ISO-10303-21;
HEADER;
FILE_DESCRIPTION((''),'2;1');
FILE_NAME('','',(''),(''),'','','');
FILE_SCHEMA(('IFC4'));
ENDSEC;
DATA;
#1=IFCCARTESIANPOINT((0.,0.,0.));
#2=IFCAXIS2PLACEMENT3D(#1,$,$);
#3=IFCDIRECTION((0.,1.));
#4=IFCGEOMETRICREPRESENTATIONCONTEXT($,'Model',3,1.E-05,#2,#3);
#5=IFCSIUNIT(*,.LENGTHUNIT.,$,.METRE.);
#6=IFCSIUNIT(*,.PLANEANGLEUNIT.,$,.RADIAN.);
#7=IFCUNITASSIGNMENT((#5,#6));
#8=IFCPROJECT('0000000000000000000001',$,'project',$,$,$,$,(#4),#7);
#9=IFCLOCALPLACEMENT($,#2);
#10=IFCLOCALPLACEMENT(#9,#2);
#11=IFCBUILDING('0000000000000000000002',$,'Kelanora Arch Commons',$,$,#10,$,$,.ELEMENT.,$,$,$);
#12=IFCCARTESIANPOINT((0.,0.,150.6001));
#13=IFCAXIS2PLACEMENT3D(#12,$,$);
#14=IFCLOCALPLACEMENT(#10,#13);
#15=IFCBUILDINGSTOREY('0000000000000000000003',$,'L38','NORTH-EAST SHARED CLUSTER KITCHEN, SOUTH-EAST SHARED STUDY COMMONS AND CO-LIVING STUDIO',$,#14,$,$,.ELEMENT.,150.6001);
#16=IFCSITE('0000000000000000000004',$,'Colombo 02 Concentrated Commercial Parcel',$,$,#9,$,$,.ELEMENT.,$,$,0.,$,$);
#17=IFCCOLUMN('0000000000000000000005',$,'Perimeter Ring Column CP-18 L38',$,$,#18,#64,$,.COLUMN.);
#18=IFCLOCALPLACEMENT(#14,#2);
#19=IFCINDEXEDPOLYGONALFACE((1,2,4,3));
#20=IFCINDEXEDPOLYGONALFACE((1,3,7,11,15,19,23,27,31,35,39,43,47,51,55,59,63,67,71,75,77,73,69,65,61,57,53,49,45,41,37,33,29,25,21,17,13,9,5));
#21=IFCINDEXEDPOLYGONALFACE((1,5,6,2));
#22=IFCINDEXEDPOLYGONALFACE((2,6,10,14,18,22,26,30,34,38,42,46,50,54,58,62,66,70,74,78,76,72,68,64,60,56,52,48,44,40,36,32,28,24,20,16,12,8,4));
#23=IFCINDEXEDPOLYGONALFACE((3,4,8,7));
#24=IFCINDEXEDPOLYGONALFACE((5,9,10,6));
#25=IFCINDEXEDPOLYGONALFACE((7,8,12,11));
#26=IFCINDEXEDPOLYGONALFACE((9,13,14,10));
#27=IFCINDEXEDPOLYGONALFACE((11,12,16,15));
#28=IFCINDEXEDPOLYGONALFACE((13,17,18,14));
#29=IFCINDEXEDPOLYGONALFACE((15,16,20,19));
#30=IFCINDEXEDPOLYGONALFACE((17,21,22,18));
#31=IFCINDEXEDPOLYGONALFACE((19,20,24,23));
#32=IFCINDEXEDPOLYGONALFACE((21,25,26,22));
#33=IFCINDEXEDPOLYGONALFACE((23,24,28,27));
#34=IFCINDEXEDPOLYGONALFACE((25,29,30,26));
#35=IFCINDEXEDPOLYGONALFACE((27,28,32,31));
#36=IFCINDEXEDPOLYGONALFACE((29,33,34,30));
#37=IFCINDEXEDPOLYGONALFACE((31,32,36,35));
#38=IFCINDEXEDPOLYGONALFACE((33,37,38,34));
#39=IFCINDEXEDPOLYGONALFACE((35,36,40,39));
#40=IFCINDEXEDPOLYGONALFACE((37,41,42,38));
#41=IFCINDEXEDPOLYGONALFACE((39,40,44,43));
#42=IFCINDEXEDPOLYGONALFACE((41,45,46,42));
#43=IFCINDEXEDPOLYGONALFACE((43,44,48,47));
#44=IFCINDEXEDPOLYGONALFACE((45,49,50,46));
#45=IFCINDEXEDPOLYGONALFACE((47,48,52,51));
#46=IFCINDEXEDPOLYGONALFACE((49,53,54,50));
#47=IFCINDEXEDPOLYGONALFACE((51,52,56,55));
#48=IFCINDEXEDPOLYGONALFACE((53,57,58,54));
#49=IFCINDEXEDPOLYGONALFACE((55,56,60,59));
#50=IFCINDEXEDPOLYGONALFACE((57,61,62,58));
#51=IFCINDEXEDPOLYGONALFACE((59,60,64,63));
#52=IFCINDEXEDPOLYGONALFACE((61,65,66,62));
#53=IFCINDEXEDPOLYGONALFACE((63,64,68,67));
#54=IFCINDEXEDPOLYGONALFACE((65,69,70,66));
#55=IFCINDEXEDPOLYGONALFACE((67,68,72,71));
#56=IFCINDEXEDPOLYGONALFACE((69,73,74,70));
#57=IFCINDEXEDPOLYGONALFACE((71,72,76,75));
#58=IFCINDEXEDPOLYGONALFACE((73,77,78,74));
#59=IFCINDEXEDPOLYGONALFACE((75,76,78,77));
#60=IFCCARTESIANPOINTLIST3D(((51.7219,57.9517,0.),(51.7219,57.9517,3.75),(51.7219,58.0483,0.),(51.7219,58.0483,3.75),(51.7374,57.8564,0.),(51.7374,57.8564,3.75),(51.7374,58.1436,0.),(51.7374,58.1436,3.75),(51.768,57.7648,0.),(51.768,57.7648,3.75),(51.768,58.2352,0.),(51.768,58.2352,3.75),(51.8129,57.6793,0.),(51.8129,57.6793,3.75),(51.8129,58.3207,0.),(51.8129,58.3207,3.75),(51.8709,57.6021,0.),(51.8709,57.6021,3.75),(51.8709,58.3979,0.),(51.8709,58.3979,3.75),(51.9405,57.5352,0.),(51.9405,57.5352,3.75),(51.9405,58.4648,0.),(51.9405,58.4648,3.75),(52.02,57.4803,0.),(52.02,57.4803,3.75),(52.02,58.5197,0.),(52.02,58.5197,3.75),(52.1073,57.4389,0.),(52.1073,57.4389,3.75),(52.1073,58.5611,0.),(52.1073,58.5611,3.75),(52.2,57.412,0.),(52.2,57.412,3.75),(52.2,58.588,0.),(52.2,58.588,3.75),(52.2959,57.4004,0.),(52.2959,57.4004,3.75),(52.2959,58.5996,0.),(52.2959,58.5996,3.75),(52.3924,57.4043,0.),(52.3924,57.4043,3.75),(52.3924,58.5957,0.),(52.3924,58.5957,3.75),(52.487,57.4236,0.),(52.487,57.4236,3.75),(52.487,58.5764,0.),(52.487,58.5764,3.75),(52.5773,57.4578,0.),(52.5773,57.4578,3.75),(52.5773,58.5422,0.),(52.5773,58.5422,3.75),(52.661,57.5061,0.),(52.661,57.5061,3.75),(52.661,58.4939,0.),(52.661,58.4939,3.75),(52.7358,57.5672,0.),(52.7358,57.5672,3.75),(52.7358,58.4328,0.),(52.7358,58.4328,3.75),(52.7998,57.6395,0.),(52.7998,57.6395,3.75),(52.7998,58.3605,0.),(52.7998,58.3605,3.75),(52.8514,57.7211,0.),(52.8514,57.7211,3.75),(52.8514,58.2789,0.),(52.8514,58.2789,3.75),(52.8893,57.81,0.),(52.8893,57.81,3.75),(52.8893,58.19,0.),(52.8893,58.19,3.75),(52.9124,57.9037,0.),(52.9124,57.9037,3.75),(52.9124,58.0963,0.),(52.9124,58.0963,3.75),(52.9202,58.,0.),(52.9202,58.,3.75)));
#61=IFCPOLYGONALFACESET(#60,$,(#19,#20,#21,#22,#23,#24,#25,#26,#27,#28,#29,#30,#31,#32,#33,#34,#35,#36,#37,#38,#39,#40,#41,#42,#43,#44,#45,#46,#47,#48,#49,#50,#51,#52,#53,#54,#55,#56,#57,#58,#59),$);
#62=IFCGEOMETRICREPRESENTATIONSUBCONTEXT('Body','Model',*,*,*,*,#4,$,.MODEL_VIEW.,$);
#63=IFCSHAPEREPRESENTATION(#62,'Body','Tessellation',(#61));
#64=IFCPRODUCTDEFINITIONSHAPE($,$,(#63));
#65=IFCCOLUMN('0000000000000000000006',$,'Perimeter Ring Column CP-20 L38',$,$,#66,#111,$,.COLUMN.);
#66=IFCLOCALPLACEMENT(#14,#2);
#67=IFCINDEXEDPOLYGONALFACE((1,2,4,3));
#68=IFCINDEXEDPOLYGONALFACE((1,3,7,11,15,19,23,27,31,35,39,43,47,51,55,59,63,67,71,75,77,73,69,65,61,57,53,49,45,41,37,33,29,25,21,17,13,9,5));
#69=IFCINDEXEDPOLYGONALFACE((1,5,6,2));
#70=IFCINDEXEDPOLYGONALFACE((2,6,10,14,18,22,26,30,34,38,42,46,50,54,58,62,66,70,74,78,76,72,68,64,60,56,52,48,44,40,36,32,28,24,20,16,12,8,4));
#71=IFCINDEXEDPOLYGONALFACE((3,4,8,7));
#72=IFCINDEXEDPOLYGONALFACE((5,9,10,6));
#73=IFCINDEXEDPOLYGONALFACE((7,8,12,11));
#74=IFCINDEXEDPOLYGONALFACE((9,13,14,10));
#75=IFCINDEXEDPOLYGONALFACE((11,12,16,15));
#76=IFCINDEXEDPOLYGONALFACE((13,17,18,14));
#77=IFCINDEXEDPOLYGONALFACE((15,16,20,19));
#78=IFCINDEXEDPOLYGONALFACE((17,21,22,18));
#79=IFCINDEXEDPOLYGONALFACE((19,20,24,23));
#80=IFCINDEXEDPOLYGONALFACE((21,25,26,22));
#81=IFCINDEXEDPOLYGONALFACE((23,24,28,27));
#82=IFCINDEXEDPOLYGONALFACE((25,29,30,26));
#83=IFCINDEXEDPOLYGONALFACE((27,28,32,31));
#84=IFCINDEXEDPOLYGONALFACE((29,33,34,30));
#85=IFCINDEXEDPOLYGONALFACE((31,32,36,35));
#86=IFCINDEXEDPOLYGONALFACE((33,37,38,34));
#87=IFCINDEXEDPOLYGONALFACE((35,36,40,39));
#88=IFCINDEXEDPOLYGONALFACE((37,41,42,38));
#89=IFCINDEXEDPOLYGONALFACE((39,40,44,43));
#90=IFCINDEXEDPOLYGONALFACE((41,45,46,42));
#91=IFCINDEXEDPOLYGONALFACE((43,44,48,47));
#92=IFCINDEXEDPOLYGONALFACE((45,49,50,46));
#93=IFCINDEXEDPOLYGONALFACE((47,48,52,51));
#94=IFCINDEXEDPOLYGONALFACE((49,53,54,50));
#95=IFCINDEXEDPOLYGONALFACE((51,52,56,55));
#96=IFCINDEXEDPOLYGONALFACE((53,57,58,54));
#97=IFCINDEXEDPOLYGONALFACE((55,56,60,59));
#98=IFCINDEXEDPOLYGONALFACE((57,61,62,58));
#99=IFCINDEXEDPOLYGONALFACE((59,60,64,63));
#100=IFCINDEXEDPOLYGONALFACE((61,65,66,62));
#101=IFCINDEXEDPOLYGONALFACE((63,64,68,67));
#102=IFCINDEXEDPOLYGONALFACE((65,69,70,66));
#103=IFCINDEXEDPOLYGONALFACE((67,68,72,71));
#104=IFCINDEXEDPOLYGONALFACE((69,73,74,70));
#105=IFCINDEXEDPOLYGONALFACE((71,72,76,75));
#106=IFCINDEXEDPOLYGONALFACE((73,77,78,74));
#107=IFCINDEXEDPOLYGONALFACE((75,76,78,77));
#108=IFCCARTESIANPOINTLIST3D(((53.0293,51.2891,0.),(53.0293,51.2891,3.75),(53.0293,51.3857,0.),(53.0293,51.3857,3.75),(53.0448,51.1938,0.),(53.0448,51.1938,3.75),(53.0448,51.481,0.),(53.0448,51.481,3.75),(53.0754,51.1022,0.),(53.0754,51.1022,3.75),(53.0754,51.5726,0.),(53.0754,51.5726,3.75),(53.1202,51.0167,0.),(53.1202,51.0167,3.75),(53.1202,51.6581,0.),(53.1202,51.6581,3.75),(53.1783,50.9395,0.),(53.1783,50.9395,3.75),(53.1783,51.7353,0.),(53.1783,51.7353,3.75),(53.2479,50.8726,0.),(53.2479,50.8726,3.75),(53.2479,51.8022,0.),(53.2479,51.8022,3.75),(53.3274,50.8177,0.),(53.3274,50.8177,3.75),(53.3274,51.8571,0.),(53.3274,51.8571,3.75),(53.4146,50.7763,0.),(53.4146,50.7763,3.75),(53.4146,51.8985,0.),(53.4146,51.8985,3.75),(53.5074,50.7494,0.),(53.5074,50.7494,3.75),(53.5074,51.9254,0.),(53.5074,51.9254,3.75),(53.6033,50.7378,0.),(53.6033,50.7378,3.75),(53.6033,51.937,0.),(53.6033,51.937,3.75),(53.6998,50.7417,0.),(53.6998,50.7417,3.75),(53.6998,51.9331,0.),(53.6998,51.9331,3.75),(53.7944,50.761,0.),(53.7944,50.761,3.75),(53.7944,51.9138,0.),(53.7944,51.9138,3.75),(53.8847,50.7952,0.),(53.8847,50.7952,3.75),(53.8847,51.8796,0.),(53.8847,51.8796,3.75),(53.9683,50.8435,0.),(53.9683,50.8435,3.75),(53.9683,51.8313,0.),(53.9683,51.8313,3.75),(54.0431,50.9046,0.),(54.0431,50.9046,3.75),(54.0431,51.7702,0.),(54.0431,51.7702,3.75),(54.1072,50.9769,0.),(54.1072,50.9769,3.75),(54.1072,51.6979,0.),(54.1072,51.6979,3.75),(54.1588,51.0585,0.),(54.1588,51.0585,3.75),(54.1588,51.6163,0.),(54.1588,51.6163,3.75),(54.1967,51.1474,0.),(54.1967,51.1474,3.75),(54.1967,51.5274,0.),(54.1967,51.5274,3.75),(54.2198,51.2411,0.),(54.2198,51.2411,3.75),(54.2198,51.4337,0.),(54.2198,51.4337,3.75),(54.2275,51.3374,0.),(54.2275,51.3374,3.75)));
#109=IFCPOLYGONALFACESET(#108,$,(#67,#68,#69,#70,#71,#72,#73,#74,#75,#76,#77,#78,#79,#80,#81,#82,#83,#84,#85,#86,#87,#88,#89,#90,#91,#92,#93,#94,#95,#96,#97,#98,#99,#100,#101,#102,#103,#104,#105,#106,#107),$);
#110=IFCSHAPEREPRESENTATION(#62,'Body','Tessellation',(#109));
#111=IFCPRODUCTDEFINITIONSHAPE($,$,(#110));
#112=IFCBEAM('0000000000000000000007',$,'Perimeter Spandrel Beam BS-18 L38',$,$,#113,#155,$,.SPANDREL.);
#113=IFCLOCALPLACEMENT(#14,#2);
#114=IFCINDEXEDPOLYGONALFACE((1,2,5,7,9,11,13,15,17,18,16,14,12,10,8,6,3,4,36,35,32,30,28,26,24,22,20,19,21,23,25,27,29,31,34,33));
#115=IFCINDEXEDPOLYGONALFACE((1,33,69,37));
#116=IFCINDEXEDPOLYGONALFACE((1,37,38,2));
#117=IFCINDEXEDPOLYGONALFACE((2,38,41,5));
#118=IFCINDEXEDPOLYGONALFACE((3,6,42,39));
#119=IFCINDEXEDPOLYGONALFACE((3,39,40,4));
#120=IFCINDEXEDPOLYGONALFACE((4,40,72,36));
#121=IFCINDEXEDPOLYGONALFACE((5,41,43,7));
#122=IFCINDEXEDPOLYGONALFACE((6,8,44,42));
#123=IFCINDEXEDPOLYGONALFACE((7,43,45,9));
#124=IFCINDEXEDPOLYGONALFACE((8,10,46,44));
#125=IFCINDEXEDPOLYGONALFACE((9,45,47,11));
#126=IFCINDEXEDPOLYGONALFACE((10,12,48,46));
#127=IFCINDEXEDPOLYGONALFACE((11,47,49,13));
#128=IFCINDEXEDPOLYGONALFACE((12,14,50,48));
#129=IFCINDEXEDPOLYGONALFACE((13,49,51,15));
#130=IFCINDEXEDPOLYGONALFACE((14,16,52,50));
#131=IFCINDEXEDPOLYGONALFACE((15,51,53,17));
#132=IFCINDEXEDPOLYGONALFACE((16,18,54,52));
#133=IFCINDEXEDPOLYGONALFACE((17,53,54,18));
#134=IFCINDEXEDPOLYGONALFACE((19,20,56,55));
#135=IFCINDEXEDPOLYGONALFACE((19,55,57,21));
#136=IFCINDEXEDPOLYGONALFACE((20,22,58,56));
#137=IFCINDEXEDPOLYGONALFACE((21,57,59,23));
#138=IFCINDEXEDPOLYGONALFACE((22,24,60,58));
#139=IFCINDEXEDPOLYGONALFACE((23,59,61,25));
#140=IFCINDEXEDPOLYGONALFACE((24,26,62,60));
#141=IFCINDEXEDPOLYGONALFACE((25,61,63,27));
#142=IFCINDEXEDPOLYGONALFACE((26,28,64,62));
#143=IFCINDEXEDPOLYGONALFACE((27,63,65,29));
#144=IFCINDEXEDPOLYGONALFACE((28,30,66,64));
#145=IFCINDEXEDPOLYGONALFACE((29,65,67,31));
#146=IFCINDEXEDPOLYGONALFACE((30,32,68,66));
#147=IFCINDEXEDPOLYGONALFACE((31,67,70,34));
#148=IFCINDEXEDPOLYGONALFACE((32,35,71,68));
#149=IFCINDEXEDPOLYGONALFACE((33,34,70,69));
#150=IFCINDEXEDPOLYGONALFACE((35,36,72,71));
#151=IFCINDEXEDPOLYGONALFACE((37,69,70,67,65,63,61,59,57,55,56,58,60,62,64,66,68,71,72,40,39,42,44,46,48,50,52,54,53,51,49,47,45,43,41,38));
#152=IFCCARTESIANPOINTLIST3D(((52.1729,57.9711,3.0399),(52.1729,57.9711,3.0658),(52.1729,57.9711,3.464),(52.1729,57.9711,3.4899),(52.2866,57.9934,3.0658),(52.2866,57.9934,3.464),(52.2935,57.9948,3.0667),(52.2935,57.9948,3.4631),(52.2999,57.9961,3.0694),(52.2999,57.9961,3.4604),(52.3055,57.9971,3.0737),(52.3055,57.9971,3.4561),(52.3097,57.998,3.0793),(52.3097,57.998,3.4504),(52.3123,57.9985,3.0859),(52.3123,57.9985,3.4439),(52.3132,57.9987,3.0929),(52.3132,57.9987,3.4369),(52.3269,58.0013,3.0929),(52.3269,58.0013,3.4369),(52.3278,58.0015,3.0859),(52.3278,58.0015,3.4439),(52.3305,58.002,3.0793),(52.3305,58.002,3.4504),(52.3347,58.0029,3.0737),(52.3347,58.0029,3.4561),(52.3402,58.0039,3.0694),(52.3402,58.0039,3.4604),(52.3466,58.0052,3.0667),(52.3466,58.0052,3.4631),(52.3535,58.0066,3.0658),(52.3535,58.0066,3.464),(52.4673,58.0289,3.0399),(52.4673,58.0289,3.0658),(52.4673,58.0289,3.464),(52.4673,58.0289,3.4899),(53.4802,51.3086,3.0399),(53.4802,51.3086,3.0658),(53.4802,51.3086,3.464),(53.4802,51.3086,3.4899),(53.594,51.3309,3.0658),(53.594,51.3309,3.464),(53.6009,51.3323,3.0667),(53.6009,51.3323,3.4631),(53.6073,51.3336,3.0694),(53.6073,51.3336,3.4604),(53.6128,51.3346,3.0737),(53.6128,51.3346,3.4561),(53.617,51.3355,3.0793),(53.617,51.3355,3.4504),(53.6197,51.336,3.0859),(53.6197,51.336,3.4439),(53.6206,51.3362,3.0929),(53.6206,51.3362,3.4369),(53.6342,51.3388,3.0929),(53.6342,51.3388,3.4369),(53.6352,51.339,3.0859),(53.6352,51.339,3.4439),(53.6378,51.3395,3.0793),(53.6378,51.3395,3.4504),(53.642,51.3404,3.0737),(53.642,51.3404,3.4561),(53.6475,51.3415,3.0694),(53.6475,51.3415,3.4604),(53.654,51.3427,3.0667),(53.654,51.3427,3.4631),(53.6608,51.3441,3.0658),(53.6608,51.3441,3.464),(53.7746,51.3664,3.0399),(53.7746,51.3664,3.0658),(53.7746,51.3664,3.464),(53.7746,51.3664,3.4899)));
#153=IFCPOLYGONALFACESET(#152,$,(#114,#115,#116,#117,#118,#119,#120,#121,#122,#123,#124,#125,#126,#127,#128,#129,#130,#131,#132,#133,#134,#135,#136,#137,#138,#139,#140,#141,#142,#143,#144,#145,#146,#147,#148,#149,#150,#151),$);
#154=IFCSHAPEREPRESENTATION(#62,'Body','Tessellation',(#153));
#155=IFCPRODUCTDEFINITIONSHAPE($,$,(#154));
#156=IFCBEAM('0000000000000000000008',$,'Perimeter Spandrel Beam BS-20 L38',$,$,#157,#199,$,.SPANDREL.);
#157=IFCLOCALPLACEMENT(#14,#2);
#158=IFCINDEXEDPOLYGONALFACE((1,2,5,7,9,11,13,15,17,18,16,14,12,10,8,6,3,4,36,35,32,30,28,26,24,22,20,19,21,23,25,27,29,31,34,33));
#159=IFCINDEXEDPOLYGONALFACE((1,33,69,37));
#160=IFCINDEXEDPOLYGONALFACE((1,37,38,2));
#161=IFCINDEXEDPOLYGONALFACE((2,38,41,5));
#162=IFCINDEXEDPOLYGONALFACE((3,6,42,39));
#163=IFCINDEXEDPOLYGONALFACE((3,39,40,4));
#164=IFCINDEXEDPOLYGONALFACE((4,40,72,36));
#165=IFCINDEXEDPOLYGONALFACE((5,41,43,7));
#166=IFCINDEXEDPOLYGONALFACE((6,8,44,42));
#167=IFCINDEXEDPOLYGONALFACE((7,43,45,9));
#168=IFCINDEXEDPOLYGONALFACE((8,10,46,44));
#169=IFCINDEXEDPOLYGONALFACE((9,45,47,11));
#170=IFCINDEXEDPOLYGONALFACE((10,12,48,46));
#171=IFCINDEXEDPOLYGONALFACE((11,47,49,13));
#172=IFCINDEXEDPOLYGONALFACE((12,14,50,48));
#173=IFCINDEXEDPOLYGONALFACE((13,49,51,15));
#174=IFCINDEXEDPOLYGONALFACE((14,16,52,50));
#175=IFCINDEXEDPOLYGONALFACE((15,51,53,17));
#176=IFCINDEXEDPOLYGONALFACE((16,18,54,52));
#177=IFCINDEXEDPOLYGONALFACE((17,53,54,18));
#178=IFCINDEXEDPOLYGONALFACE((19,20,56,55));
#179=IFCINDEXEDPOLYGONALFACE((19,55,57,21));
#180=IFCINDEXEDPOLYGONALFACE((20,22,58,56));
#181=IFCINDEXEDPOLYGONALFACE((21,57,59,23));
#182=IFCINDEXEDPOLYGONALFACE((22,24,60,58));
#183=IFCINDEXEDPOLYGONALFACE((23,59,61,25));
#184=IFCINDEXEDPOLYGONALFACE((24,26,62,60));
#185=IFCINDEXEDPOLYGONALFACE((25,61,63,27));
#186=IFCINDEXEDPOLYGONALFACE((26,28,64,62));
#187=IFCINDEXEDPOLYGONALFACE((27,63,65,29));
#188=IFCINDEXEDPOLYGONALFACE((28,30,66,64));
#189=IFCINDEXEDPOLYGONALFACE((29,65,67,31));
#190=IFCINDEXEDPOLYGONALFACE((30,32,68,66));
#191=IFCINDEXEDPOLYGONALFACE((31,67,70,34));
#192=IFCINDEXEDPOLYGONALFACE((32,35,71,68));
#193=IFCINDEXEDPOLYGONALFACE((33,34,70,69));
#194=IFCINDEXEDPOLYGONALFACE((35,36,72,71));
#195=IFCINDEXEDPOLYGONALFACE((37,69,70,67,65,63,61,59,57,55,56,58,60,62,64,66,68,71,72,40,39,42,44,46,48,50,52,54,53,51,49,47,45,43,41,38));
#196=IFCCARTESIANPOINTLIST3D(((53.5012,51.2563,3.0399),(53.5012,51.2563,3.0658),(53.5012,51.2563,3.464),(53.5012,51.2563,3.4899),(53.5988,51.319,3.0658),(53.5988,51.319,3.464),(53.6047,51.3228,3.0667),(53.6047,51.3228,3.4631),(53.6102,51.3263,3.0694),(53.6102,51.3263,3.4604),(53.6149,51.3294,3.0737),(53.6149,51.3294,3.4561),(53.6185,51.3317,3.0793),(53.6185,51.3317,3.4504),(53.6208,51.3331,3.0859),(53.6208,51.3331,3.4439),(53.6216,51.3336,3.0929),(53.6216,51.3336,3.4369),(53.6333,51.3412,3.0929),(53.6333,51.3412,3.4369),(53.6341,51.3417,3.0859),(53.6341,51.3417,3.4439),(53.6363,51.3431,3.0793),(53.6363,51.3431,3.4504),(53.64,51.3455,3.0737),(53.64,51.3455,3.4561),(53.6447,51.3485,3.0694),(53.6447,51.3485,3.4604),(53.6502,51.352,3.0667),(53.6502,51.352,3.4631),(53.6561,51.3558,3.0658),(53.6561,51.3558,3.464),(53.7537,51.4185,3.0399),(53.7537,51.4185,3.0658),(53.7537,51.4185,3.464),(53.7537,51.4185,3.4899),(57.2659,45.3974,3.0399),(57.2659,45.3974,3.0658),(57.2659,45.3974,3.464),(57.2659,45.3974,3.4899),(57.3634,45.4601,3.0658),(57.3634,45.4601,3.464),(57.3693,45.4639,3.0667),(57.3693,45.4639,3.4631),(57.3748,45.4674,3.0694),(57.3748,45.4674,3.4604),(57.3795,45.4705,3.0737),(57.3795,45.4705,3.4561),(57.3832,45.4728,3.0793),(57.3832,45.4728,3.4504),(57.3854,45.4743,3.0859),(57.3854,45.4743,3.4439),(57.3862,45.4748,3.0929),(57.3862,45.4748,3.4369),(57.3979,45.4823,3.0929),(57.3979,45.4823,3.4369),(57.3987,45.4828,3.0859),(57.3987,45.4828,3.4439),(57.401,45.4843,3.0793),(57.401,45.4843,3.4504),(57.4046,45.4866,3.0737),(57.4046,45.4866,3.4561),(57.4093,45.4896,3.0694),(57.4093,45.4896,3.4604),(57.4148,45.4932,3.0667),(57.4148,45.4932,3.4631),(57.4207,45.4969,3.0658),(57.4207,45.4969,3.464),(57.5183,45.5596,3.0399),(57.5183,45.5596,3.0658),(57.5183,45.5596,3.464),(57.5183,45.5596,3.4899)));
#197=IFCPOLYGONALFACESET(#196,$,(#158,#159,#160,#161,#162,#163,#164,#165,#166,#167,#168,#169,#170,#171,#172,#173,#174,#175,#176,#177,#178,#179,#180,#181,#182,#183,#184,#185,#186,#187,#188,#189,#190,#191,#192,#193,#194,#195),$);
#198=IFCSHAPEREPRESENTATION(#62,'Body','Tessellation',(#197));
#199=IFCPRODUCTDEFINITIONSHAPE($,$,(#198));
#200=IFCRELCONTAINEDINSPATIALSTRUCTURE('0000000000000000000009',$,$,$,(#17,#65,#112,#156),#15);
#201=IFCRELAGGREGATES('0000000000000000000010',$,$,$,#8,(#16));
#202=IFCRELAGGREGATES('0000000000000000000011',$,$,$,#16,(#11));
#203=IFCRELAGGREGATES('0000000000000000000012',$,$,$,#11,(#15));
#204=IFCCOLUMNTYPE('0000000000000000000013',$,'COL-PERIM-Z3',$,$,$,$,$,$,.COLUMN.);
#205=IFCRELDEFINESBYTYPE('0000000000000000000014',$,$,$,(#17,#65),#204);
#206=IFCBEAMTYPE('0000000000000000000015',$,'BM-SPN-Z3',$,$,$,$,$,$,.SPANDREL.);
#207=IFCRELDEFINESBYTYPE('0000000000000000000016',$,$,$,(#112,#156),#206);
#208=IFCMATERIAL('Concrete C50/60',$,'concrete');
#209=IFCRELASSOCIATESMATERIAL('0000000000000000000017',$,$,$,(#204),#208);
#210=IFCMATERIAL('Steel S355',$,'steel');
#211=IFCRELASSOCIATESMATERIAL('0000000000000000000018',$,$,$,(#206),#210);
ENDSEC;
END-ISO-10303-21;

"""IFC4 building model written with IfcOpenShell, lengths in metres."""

from ifc_helpers import new_model, si_unit, direction, frame, origin, origin_2d, place, context, subcontext, project, spatial, circle, i_section, extrude, material, material_profile, profile_set, type_object, element, save


model = new_model("IFC4")

# Units and contexts
model_context = context("Model", 3, precision=1e-05, world=origin(), true_north=direction((0.0, 1.0)))
body_context = subcontext(model_context, "Body", "Model", "MODEL_VIEW")
ifc_project = project(units=[si_unit("LENGTHUNIT", "METRE"), si_unit("PLANEANGLEUNIT", "RADIAN")], contexts=[model_context])

# Site, building, storey
site_placement = place(None, origin())
site = spatial("IfcSite", under=ifc_project, at=site_placement, Name="Colombo 02 Concentrated Commercial Parcel", CompositionType="ELEMENT", RefElevation=0.0)
building_placement = place(site_placement, origin())
building = spatial("IfcBuilding", under=site, at=building_placement, Name="Kelanora Arch Commons", CompositionType="ELEMENT")
storey_placement = place(building_placement, frame((0.0, 0.0, 150.6001)))
storey = spatial("IfcBuildingStorey", under=building, at=storey_placement, Name="L38", Description="NORTH-EAST SHARED CLUSTER KITCHEN, SOUTH-EAST SHARED STUDY COMMONS AND CO-LIVING STUDIO", CompositionType="ELEMENT", Elevation=150.6001)

# Columns
ifc_material_1 = material(Name="Concrete C50/60", Category="concrete")
ifc_material_profile_1 = material_profile(ifc_material_1, circle(Radius=0.6001, at=origin_2d()), Name="RCC1200")
ifc_profile_set_1 = profile_set([ifc_material_profile_1], Name="Concrete C50/60")
column_type = type_object("IfcColumnType", Name="COL-PERIM-Z3", PredefinedType="COLUMN", material=ifc_profile_set_1)
for number, where, z_axis, x_axis, name in (
    (1, (52.3201, 58.0, 0.0), (0.0, 0.0, 1.0), (1.0, 0.0, 0.0), "Perimeter Ring Column CP-18 L38"),
    (2, (53.6274, 51.3374, 0.0), (0.0, 0.0, 1.0), (1.0, 0.0, 0.0), "Perimeter Ring Column CP-20 L38"),
):
    element("IfcColumn", number, at=place(storey_placement, frame(where, z_axis=z_axis, x_axis=x_axis)), inside=storey, type_object=column_type, Name=name, PredefinedType="COLUMN", context=body_context, shape_type="SweptSolid", body=[
        extrude(circle(Radius=0.6001, at=origin_2d()), origin(), (0.0, 0.0, 1.0), 3.75),
    ])

# Beams
ifc_material_2 = material(Name="Steel S355", Category="steel")
ifc_material_profile_2 = material_profile(ifc_material_2, i_section(OverallWidth=0.3, OverallDepth=0.45, WebThickness=0.0139, FlangeThickness=0.0259, FilletRadius=0.0271, at=origin_2d()), Name="HEB450")
ifc_profile_set_2 = profile_set([ifc_material_profile_2], Name="Steel S355")
beam_type = type_object("IfcBeamType", Name="BM-SPN-Z3", PredefinedType="SPANDREL", material=ifc_profile_set_2)
beam_1_placement = place(storey_placement, frame((52.3201, 58.0, 3.2649), z_axis=(0.192554, -0.981286, 0.0), x_axis=(0.981286, 0.192554, 0.0)))
element("IfcBeam", 3, at=beam_1_placement, inside=storey, type_object=beam_type, Name="Perimeter Spandrel Beam BS-18 L38", PredefinedType="SPANDREL", context=body_context, shape_type="SweptSolid", body=[
    extrude(i_section(OverallWidth=0.3, OverallDepth=0.45, WebThickness=0.0139, FlangeThickness=0.0259, FilletRadius=0.0271, at=origin_2d()), origin(), (0.0, 0.0, 1.0), 6.7896),
])
beam_2_placement = place(storey_placement, frame((53.6274, 51.3374, 3.2649), z_axis=(0.540577, -0.841295, 0.0), x_axis=(0.841295, 0.540577, 0.0)))
element("IfcBeam", 4, at=beam_2_placement, inside=storey, type_object=beam_type, Name="Perimeter Spandrel Beam BS-20 L38", PredefinedType="SPANDREL", context=body_context, shape_type="SweptSolid", body=[
    extrude(i_section(OverallWidth=0.3, OverallDepth=0.45, WebThickness=0.0139, FlangeThickness=0.0259, FilletRadius=0.0271, at=origin_2d()), origin(), (0.0, 0.0, 1.0), 6.9641),
])

save(model, "model.ifc")
